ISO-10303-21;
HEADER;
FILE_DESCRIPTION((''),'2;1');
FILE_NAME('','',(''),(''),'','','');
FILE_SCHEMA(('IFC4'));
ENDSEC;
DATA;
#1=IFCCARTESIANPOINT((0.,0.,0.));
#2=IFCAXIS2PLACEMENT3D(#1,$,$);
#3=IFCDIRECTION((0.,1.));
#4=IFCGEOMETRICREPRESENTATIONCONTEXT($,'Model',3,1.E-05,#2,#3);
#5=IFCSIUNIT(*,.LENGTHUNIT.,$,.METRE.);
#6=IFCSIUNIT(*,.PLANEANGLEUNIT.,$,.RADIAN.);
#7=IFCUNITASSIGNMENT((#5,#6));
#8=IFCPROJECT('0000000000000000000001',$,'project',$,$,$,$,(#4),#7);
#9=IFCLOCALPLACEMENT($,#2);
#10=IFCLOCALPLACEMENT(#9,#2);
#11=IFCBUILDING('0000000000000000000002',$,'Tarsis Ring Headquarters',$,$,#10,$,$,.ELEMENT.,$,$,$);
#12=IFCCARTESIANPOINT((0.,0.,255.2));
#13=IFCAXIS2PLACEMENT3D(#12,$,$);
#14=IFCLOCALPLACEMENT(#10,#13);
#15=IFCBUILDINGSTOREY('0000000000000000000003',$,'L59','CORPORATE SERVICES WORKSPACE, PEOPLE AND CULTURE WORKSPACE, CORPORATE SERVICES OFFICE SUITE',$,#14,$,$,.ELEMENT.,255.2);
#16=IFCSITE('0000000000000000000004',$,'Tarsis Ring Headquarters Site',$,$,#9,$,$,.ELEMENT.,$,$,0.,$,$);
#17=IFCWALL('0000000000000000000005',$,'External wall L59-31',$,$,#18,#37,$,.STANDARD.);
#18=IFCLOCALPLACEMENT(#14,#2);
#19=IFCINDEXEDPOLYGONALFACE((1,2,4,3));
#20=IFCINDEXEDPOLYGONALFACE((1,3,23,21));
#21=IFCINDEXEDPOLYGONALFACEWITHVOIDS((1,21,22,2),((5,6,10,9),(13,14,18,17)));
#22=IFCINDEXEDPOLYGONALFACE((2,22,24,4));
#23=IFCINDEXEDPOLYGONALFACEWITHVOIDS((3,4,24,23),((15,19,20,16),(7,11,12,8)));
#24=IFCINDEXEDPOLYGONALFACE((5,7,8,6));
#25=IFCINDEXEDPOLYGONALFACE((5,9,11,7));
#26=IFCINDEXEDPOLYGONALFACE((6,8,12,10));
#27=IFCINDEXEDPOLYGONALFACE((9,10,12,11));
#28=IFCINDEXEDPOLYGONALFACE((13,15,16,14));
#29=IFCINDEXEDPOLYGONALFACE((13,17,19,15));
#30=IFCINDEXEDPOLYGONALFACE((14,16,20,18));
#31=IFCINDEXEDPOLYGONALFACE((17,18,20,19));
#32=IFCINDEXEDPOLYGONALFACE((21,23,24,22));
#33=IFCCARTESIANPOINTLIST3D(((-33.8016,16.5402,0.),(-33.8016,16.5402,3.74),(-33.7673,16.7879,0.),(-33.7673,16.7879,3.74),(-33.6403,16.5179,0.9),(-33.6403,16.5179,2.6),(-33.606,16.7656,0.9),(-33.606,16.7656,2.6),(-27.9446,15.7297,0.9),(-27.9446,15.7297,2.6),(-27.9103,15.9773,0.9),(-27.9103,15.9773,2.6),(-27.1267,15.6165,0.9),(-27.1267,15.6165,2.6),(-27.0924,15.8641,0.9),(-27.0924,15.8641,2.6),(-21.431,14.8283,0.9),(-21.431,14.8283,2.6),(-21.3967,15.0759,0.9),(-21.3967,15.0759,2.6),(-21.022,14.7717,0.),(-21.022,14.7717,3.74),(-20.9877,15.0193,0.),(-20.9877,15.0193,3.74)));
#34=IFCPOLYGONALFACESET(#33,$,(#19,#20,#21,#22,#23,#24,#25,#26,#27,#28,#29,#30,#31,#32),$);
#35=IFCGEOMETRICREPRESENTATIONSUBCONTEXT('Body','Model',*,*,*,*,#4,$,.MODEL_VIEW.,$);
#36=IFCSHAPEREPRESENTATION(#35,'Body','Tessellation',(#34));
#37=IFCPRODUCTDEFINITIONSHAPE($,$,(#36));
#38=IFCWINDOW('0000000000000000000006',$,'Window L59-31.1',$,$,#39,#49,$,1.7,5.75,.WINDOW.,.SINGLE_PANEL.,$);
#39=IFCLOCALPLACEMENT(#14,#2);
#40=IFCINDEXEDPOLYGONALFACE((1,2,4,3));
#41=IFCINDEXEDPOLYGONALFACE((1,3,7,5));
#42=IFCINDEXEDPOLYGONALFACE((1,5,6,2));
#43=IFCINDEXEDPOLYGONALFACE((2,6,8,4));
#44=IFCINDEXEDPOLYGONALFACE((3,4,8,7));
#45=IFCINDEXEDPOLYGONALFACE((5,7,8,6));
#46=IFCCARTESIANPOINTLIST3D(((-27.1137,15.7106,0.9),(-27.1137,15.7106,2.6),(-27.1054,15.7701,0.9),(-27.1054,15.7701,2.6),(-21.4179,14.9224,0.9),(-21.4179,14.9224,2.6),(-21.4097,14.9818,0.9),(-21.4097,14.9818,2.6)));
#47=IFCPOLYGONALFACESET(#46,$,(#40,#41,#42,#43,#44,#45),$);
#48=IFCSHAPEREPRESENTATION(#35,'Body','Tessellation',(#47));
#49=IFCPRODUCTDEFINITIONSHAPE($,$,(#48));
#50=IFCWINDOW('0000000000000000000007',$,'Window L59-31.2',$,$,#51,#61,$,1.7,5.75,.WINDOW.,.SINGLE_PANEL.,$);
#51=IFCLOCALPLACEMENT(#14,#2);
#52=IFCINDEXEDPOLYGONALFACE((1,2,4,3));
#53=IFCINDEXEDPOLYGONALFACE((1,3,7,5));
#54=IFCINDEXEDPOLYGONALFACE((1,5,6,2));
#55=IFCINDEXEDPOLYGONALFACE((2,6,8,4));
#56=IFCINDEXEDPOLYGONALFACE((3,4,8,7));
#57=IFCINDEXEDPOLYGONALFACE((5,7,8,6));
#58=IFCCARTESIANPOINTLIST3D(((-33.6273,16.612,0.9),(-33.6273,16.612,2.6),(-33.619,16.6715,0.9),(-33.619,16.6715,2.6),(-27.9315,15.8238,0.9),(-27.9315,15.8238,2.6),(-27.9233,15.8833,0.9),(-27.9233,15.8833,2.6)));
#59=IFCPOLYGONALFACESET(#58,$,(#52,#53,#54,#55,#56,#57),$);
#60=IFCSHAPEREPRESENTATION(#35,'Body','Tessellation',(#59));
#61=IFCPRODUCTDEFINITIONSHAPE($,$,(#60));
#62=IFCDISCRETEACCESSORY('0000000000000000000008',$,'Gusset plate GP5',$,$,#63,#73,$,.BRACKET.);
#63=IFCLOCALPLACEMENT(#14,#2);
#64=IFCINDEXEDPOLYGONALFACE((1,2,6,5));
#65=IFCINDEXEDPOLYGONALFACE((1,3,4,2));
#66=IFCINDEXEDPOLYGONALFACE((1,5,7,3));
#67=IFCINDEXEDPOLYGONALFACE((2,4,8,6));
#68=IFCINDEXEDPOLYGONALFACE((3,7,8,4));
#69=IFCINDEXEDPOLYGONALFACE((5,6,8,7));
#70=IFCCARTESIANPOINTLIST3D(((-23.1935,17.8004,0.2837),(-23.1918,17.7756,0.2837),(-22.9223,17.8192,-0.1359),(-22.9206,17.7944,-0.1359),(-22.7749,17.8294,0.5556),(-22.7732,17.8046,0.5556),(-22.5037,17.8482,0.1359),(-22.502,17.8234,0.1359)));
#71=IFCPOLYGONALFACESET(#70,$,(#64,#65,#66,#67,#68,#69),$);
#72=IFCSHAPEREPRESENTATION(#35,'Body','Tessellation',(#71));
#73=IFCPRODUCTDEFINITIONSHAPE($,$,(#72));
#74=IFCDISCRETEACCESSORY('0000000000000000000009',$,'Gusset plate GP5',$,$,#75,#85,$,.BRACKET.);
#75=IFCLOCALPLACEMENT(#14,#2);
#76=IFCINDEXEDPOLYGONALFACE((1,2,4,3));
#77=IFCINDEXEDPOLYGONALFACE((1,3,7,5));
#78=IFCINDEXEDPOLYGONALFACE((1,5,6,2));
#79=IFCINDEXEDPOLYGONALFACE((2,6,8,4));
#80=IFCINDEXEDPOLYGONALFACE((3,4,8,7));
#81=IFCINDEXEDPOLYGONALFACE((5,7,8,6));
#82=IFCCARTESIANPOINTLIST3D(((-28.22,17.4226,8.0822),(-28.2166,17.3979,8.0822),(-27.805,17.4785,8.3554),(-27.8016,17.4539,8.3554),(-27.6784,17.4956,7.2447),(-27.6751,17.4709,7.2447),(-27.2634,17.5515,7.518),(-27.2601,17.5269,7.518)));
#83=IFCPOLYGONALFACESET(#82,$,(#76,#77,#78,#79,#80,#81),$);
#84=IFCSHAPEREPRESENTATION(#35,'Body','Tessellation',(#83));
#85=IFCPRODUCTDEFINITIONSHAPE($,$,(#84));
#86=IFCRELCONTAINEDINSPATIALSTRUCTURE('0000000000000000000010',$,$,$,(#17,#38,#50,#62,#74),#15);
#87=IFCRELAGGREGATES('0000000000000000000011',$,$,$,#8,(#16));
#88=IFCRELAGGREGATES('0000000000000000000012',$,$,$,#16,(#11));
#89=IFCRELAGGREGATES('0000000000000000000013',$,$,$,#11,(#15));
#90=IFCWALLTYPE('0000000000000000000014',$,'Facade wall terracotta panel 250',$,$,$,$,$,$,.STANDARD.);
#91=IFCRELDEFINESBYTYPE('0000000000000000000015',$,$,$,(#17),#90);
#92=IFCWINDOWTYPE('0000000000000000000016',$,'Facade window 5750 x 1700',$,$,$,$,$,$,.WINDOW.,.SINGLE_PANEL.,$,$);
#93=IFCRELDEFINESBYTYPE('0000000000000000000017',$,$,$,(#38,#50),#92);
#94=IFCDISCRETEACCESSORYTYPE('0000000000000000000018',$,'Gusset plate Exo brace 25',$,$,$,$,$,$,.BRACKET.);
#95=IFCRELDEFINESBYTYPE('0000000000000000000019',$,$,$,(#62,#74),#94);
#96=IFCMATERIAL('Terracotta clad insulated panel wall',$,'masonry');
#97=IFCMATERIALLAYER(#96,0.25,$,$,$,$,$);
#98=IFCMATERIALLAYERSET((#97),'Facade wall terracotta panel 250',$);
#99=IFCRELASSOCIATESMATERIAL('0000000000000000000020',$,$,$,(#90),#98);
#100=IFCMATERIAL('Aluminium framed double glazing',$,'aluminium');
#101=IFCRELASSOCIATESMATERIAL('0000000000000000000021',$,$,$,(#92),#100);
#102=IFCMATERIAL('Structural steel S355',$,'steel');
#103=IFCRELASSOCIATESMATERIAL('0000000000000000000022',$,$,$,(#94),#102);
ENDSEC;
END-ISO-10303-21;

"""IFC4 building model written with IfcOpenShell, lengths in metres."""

from ifc_helpers import new_model, si_unit, direction, frame, frame_2d, origin, origin_2d, place, context, subcontext, project, spatial, rectangle, extrude, material, layer, layer_set, material_profile, profile_set, type_object, element, fill, save


model = new_model("IFC4")

# Units and contexts
model_context = context("Model", 3, precision=1e-05, world=origin(), true_north=direction((0.0, 1.0)))
body_context = subcontext(model_context, "Body", "Model", "MODEL_VIEW")
ifc_project = project(units=[si_unit("LENGTHUNIT", "METRE"), si_unit("PLANEANGLEUNIT", "RADIAN")], contexts=[model_context])

# Site, building, storey
site_placement = place(None, origin())
site = spatial("IfcSite", under=ifc_project, at=site_placement, Name="Tarsis Ring Headquarters Site", CompositionType="ELEMENT", RefElevation=0.0)
building_placement = place(site_placement, origin())
building = spatial("IfcBuilding", under=site, at=building_placement, Name="Tarsis Ring Headquarters", CompositionType="ELEMENT")
storey_placement = place(building_placement, frame((0.0, 0.0, 255.2)))
storey = spatial("IfcBuildingStorey", under=building, at=storey_placement, Name="L59", Description="CORPORATE SERVICES WORKSPACE, PEOPLE AND CULTURE WORKSPACE, CORPORATE SERVICES OFFICE SUITE", CompositionType="ELEMENT", Elevation=255.2)

# Shared definitions
ifc_material_1 = material(Name="Structural steel S355", Category="steel")

# Wall, openings, windows
ifc_material_2 = material(Name="Terracotta clad insulated panel wall", Category="masonry")
ifc_layer_1 = layer(ifc_material_2, 0.25)
ifc_layer_set_1 = layer_set([ifc_layer_1], Name="Facade wall terracotta panel 250")
wall_type_1 = type_object("IfcWallType", Name="Facade wall terracotta panel 250", PredefinedType="STANDARD", material=ifc_layer_set_1)
wall_1_placement = place(storey_placement, frame((-21.0049, 14.8955, 0.0), z_axis=(0.0, 0.0, 1.0), x_axis=(-0.99056, 0.137083, 0.0)))
wall_1 = element("IfcWall", 1, at=wall_1_placement, inside=storey, type_object=wall_type_1, Name="External wall L59-31", PredefinedType="STANDARD", context=body_context, shape_type="SweptSolid", body=[
    extrude(rectangle(XDim=12.9014, YDim=0.25, at=frame_2d((6.4507, 0.0))), origin(), (0.0, 0.0, 1.0), 3.74),
])
opening_1_placement = place(wall_1_placement, frame((0.4128, 0.0, 0.8999)))
opening_1 = element("IfcOpeningElement", 2, at=opening_1_placement, cuts=wall_1, PredefinedType="OPENING", context=body_context, shape_type="SweptSolid", body=[
    extrude(rectangle(XDim=5.75, YDim=1.7, at=frame_2d((2.875, 0.8501))), frame((0.0, 0.135, 0.0), z_axis=(0.0, -1.0, 0.0), x_axis=(1.0, 0.0, 0.0)), (0.0, 0.0, 1.0), 0.27),
])
opening_2_placement = place(wall_1_placement, frame((6.9885, 0.0, 0.8999)))
opening_2 = element("IfcOpeningElement", 3, at=opening_2_placement, cuts=wall_1, PredefinedType="OPENING", context=body_context, shape_type="SweptSolid", body=[
    extrude(rectangle(XDim=5.75, YDim=1.7, at=frame_2d((2.875, 0.8501))), frame((0.0, 0.135, 0.0), z_axis=(0.0, -1.0, 0.0), x_axis=(1.0, 0.0, 0.0)), (0.0, 0.0, 1.0), 0.27),
])
ifc_material_3 = material(Name="Aluminium framed double glazing", Category="aluminium")
window_type = type_object("IfcWindowType", Name="Facade window 5750 x 1700", PartitioningType="SINGLE_PANEL", PredefinedType="WINDOW", material=ifc_material_3)
window_1_placement = place(opening_1_placement, origin())
window_1 = element("IfcWindow", 4, at=window_1_placement, inside=storey, type_object=window_type, Name="Window L59-31.1", OverallHeight=1.7, OverallWidth=5.75, PartitioningType="SINGLE_PANEL", PredefinedType="WINDOW", context=body_context, shape_type="SweptSolid", body=[
    extrude(rectangle(XDim=5.75, YDim=1.7, at=frame_2d((2.875, 0.8501))), frame((0.0, 0.03, 0.0), z_axis=(0.0, -1.0, 0.0), x_axis=(1.0, 0.0, 0.0)), (0.0, 0.0, 1.0), 0.0601),
])
fill(opening_1, window_1)
window_2_placement = place(opening_2_placement, origin())
window_2 = element("IfcWindow", 5, at=window_2_placement, inside=storey, type_object=window_type, Name="Window L59-31.2", OverallHeight=1.7, OverallWidth=5.75, PartitioningType="SINGLE_PANEL", PredefinedType="WINDOW", context=body_context, shape_type="SweptSolid", body=[
    extrude(rectangle(XDim=5.75, YDim=1.7, at=frame_2d((2.875, 0.8501))), frame((0.0, 0.03, 0.0), z_axis=(0.0, -1.0, 0.0), x_axis=(1.0, 0.0, 0.0)), (0.0, 0.0, 1.0), 0.0601),
])
fill(opening_2, window_2)

# Discrete accessories
ifc_material_profile_1 = material_profile(ifc_material_1, rectangle(XDim=0.0249, YDim=0.5, at=origin_2d()), Name="PL 25x500")
ifc_profile_set_1 = profile_set([ifc_material_profile_1], Name="Structural steel S355")
discrete_accessory_type = type_object("IfcDiscreteAccessoryType", Name="Gusset plate Exo brace 25", PredefinedType="BRACKET", material=ifc_profile_set_1)
discrete_accessory_1_placement = place(storey_placement, frame((-22.7122, 17.8213, 0.0), z_axis=(-0.542422, -0.037594, 0.839265), x_axis=(0.069141, -0.997607, 0.0)))
element("IfcDiscreteAccessory", 6, at=discrete_accessory_1_placement, inside=storey, type_object=discrete_accessory_type, Name="Gusset plate GP5", PredefinedType="BRACKET", context=body_context, shape_type="SweptSolid", body=[
    extrude(rectangle(XDim=0.0249, YDim=0.5, at=origin_2d()), origin(), (0.0, 0.0, 1.0), 0.5),
])
discrete_accessory_2_placement = place(storey_placement, frame((-27.4692, 17.5112, 7.3813), z_axis=(-0.541559, -0.073005, 0.837487), x_axis=(0.133598, -0.991036, 0.0)))
element("IfcDiscreteAccessory", 7, at=discrete_accessory_2_placement, inside=storey, type_object=discrete_accessory_type, Name="Gusset plate GP5", PredefinedType="BRACKET", context=body_context, shape_type="SweptSolid", body=[
    extrude(rectangle(XDim=0.0249, YDim=0.5, at=origin_2d()), origin(), (0.0, 0.0, 1.0), 1.0),
])

save(model, "model.ifc")
